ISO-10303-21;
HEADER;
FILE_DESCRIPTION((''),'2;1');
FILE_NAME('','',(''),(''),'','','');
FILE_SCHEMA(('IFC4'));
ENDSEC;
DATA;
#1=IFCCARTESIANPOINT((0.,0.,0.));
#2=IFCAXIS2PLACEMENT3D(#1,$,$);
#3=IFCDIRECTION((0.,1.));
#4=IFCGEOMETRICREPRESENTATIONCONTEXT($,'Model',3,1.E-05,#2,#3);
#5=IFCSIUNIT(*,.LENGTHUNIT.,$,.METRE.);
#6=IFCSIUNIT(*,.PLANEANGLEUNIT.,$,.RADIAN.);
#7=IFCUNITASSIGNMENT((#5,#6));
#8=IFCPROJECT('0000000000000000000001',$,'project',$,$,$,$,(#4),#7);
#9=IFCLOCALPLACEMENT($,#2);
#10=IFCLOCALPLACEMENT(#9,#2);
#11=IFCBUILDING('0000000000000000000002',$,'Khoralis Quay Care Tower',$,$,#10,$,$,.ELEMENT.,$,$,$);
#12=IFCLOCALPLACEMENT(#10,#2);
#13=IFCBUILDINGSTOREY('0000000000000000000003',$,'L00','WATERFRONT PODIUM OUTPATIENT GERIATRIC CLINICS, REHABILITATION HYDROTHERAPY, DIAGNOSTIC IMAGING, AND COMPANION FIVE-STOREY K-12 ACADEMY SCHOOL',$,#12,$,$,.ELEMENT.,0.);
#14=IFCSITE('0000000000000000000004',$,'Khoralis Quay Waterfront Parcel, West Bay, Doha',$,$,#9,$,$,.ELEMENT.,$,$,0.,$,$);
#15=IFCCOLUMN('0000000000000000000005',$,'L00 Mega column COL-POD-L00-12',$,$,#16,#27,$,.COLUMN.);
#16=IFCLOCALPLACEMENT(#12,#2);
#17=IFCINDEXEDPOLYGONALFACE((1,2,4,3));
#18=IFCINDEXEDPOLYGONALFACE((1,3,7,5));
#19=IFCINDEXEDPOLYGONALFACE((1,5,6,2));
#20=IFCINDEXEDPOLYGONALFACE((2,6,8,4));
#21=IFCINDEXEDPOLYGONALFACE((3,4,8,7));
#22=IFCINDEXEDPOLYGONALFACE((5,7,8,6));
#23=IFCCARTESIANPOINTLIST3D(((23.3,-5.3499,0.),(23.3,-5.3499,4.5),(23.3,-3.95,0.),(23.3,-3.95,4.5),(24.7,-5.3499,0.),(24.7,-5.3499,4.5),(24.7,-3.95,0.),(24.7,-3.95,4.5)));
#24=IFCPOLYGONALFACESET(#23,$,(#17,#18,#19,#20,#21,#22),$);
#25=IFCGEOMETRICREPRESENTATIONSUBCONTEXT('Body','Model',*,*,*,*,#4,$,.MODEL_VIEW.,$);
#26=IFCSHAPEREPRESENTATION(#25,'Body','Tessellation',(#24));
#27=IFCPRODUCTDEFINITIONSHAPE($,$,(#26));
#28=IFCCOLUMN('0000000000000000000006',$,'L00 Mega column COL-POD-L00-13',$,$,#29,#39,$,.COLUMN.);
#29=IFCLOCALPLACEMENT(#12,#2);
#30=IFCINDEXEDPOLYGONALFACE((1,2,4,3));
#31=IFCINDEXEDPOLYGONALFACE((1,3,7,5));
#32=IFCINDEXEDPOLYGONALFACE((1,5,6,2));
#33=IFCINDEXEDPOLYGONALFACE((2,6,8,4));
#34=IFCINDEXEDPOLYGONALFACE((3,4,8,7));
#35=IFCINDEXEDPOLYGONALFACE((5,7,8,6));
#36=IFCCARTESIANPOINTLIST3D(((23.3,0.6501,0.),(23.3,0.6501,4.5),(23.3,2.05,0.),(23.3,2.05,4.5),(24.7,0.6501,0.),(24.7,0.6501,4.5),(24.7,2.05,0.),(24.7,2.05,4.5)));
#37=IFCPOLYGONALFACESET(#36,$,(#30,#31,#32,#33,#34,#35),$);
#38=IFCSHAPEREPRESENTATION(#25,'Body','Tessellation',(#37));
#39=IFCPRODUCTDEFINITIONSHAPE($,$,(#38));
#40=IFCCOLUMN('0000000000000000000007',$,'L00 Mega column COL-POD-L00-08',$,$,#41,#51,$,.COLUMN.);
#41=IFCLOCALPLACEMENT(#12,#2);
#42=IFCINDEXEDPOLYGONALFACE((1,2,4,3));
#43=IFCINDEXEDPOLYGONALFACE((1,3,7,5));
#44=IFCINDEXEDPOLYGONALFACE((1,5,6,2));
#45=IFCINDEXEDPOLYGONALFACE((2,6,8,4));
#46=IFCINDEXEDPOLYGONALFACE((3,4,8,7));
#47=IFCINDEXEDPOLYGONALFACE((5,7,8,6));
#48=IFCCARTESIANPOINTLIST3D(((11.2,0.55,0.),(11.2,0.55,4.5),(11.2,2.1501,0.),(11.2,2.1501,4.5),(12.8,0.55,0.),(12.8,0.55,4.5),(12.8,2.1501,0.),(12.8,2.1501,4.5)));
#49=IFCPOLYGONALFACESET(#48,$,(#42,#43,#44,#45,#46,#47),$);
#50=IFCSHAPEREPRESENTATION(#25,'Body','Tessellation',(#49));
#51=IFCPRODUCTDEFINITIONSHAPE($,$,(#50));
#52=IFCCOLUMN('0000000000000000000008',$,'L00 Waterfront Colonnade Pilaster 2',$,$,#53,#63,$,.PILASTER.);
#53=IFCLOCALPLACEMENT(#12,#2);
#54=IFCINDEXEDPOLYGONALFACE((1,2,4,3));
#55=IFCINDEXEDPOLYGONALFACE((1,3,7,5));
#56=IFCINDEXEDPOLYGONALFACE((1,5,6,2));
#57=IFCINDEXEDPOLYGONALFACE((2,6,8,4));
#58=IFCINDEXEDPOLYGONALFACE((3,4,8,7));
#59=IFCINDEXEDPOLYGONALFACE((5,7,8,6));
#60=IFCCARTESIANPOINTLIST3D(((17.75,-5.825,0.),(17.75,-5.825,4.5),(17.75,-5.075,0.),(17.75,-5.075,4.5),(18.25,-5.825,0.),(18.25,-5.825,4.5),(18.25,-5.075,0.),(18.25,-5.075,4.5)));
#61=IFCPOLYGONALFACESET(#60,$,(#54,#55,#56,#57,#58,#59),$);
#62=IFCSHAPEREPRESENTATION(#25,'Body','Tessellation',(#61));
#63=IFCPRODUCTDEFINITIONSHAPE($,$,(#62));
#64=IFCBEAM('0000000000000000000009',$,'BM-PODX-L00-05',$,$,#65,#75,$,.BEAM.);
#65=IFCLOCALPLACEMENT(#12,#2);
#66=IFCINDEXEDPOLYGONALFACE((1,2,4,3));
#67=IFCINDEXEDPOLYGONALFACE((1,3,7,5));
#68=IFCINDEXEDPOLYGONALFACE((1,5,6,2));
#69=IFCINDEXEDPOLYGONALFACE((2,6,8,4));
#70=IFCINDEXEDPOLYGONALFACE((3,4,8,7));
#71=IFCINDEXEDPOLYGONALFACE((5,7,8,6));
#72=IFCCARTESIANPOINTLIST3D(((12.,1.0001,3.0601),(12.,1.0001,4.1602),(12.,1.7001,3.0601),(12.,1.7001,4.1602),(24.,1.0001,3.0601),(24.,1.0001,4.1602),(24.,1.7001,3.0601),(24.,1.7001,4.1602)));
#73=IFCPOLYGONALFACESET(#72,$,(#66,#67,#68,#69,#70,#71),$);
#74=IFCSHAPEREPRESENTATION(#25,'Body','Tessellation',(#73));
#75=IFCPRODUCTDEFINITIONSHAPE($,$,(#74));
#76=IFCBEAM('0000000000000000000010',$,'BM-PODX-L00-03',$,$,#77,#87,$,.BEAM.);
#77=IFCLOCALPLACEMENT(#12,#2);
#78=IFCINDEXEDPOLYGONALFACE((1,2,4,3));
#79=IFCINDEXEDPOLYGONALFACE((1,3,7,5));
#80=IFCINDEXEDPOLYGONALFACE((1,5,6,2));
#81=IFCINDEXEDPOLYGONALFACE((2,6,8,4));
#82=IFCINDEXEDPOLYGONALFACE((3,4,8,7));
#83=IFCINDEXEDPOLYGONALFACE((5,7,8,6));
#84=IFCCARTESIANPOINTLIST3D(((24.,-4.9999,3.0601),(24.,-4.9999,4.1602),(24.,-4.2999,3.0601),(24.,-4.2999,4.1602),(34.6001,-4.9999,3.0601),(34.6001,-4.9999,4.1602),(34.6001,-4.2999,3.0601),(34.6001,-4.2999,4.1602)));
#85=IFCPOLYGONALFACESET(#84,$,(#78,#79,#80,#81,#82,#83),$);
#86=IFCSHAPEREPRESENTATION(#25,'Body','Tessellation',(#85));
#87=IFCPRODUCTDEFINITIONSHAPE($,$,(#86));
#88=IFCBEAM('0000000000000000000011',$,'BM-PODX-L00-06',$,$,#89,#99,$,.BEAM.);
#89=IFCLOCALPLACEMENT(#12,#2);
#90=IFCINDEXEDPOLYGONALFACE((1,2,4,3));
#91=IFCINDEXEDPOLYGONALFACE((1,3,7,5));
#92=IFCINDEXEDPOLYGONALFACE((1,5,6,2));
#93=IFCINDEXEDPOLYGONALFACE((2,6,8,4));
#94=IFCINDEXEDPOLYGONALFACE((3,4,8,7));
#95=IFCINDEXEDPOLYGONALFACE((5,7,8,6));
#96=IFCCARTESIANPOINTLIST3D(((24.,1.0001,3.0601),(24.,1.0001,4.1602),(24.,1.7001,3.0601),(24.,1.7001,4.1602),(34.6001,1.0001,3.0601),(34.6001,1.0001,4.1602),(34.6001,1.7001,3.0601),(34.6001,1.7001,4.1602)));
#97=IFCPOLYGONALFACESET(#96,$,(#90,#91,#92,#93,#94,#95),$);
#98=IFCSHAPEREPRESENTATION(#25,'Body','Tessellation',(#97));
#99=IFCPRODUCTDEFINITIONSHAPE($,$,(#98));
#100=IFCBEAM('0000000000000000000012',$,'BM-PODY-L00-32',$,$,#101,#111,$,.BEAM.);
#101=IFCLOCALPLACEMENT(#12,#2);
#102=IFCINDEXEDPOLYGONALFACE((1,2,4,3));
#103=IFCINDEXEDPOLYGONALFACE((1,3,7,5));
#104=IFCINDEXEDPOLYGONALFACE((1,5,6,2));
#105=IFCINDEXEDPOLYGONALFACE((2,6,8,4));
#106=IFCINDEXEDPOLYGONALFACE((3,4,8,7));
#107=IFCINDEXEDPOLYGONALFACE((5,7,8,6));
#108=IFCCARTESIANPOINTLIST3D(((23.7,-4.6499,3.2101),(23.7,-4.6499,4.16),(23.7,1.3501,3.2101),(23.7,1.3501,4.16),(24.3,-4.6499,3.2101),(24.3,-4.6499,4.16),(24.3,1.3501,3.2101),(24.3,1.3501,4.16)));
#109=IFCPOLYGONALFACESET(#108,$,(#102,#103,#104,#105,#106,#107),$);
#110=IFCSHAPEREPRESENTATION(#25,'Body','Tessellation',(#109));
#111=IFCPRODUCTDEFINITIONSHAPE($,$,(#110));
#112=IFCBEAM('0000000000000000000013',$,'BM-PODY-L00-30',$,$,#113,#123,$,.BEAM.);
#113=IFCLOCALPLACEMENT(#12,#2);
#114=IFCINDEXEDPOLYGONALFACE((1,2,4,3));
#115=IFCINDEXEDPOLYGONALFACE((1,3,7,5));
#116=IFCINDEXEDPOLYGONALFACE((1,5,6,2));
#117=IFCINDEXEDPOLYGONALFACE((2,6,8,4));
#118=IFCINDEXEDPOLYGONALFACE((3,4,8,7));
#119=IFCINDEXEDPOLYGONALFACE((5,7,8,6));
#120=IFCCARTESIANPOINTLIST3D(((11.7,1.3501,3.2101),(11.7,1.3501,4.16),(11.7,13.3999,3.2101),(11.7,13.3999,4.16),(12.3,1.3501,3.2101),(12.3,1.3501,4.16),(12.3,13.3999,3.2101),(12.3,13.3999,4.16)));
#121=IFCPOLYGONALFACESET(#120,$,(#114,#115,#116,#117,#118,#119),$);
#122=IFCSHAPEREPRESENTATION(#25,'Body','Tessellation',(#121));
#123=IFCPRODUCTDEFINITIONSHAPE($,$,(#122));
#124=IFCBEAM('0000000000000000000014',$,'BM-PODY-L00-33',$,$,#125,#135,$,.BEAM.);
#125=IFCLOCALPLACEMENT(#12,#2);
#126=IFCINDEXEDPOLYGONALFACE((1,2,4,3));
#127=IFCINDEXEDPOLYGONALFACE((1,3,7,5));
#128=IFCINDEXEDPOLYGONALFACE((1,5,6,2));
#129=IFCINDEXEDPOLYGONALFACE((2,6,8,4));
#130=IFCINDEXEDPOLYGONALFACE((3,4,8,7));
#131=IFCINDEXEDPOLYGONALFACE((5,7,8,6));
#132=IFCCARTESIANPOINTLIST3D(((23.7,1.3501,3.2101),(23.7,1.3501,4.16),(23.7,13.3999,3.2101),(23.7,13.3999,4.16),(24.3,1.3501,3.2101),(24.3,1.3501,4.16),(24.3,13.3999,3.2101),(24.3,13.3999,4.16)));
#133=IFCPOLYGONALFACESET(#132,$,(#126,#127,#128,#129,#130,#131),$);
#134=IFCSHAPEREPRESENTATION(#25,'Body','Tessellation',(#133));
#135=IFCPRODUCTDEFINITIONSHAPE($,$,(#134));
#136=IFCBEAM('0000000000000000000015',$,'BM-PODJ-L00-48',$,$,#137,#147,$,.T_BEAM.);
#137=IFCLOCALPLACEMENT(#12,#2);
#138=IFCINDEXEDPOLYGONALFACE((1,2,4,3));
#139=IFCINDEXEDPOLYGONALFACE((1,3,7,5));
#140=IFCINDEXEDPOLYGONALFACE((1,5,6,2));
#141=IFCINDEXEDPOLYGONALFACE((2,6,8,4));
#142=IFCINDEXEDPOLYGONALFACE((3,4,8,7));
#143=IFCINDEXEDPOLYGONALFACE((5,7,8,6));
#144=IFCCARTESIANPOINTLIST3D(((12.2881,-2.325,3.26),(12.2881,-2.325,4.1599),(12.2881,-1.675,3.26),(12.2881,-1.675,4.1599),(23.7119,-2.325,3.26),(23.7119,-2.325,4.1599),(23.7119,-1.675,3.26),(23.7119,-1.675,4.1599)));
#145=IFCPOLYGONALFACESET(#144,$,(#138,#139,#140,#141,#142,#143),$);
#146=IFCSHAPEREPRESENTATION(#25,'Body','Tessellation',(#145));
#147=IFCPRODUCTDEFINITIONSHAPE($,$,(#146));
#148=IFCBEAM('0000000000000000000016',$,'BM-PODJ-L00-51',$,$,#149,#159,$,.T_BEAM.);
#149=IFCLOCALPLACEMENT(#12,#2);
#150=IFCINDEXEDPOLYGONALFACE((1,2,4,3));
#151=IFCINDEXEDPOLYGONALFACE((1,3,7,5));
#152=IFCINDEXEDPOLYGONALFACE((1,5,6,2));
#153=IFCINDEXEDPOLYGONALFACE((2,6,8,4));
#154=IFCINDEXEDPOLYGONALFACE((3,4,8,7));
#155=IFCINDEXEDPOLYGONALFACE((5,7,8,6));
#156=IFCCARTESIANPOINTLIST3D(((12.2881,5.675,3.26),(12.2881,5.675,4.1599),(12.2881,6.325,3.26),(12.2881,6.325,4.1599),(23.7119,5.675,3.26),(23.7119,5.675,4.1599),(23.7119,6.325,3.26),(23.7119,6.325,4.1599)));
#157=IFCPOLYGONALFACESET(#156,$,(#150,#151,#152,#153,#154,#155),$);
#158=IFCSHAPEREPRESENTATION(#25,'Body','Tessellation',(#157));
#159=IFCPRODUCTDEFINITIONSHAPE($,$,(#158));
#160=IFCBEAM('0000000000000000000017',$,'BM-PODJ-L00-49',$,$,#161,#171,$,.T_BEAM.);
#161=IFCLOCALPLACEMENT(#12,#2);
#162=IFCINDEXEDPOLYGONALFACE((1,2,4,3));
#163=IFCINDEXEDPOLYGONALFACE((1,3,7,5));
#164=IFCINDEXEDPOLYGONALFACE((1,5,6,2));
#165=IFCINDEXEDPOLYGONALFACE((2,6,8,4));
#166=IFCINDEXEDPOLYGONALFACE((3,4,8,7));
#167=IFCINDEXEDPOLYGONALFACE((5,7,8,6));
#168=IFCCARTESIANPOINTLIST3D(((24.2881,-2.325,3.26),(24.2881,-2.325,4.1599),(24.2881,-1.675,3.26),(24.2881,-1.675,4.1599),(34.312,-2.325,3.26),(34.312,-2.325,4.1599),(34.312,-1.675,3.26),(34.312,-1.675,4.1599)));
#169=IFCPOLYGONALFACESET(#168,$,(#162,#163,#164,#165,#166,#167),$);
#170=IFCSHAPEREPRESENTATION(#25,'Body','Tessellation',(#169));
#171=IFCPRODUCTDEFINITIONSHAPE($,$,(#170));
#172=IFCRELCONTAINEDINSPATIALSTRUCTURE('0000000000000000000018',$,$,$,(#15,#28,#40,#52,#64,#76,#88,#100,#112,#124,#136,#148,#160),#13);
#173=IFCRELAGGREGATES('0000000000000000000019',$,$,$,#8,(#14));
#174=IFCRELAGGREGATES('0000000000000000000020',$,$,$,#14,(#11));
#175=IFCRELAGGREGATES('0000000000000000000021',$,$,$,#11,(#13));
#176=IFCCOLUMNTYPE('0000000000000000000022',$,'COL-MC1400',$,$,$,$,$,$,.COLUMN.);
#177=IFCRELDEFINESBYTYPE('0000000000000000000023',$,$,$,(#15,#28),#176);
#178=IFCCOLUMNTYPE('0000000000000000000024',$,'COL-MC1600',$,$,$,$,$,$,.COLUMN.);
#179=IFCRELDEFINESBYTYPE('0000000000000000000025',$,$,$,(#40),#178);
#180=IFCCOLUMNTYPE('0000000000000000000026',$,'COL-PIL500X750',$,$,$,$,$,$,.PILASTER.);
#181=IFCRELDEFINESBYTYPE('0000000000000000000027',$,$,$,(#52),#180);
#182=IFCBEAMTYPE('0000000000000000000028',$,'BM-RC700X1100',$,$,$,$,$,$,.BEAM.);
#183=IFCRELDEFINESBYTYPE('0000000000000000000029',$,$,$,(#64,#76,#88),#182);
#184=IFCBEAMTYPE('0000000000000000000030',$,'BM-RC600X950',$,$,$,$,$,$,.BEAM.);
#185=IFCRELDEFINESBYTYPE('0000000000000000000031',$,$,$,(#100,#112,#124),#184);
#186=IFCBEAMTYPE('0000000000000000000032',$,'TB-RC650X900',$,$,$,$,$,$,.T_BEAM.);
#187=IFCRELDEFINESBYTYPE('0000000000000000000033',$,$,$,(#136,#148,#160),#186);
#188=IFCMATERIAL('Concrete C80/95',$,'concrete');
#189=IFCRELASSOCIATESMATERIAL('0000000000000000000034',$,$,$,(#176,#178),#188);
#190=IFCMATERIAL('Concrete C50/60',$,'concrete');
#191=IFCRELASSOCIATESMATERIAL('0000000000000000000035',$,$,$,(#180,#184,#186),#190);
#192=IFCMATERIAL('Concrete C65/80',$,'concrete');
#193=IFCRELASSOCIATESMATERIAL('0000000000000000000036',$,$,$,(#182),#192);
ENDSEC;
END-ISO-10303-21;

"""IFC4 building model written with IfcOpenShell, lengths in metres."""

from ifc_helpers import new_model, si_unit, direction, frame, origin, origin_2d, place, context, subcontext, project, spatial, rectangle, extrude, source, transform, mapped, material, material_profile, profile_set, type_object, element, save


model = new_model("IFC4")

# Units and contexts
model_context = context("Model", 3, precision=1e-05, world=origin(), true_north=direction((0.0, 1.0)))
body_context = subcontext(model_context, "Body", "Model", "MODEL_VIEW")
ifc_project = project(units=[si_unit("LENGTHUNIT", "METRE"), si_unit("PLANEANGLEUNIT", "RADIAN")], contexts=[model_context])

# Site, building, storey
site_placement = place(None, origin())
site = spatial("IfcSite", under=ifc_project, at=site_placement, Name="Khoralis Quay Waterfront Parcel, West Bay, Doha", CompositionType="ELEMENT", RefElevation=0.0)
building_placement = place(site_placement, origin())
building = spatial("IfcBuilding", under=site, at=building_placement, Name="Khoralis Quay Care Tower", CompositionType="ELEMENT")
storey_placement = place(building_placement, origin())
storey = spatial("IfcBuildingStorey", under=building, at=storey_placement, Name="L00", Description="WATERFRONT PODIUM OUTPATIENT GERIATRIC CLINICS, REHABILITATION HYDROTHERAPY, DIAGNOSTIC IMAGING, AND COMPANION FIVE-STOREY K-12 ACADEMY SCHOOL", CompositionType="ELEMENT", Elevation=0.0)

# Columns
ifc_material_1 = material(Name="Concrete C80/95", Category="concrete")
ifc_material_profile_1 = material_profile(ifc_material_1, rectangle(XDim=1.3999, YDim=1.3999, at=origin_2d()), Name="Concrete C80/95")
ifc_profile_set_1 = profile_set([ifc_material_profile_1], Name="Concrete C80/95")
column_type_1 = type_object("IfcColumnType", Name="COL-MC1400", PredefinedType="COLUMN", material=ifc_profile_set_1)
shared_shape_1 = source(origin(), body_context, "Body", "SweptSolid", [
    extrude(rectangle(XDim=1.3999, YDim=1.3999, at=origin_2d()), origin(), (0.0, 0.0, 1.0), 4.5),
])
for number, where, z_axis, x_axis, name in (
    (1, (24.0, -4.6499, 0.0), (0.0, 0.0, 1.0), (1.0, 0.0, 0.0), "L00 Mega column COL-POD-L00-12"),
    (2, (24.0, 1.3501, 0.0), (0.0, 0.0, 1.0), (1.0, 0.0, 0.0), "L00 Mega column COL-POD-L00-13"),
):
    element("IfcColumn", number, at=place(storey_placement, frame(where, z_axis=z_axis, x_axis=x_axis)), inside=storey, type_object=column_type_1, Name=name, PredefinedType="COLUMN", context=body_context, shape_type="MappedRepresentation", body=[
        mapped(shared_shape_1, transform((0.0, 0.0, 0.0), scale=1.0)),
    ])
ifc_material_profile_2 = material_profile(ifc_material_1, rectangle(XDim=1.6001, YDim=1.6001, at=origin_2d()), Name="Concrete C80/95")
ifc_profile_set_2 = profile_set([ifc_material_profile_2], Name="Concrete C80/95")
column_type_2 = type_object("IfcColumnType", Name="COL-MC1600", PredefinedType="COLUMN", material=ifc_profile_set_2)
shared_shape_2 = source(origin(), body_context, "Body", "SweptSolid", [
    extrude(rectangle(XDim=1.6001, YDim=1.6001, at=origin_2d()), origin(), (0.0, 0.0, 1.0), 4.5),
])
column_1_placement = place(storey_placement, frame((12.0, 1.3501, 0.0), z_axis=(0.0, 0.0, 1.0), x_axis=(1.0, 0.0, 0.0)))
element("IfcColumn", 3, at=column_1_placement, inside=storey, type_object=column_type_2, Name="L00 Mega column COL-POD-L00-08", PredefinedType="COLUMN", context=body_context, shape_type="MappedRepresentation", body=[
    mapped(shared_shape_2, transform((0.0, 0.0, 0.0), scale=1.0)),
])
ifc_material_2 = material(Name="Concrete C50/60", Category="concrete")
ifc_material_profile_3 = material_profile(ifc_material_2, rectangle(XDim=0.5, YDim=0.75, at=origin_2d()), Name="Concrete C50/60")
ifc_profile_set_3 = profile_set([ifc_material_profile_3], Name="Concrete C50/60")
column_type_3 = type_object("IfcColumnType", Name="COL-PIL500X750", PredefinedType="PILASTER", material=ifc_profile_set_3)
shared_shape_3 = source(origin(), body_context, "Body", "SweptSolid", [
    extrude(rectangle(XDim=0.5, YDim=0.75, at=origin_2d()), origin(), (0.0, 0.0, 1.0), 4.5),
])
column_2_placement = place(storey_placement, frame((18.0, -5.45, 0.0), z_axis=(0.0, 0.0, 1.0), x_axis=(1.0, 0.0, 0.0)))
element("IfcColumn", 4, at=column_2_placement, inside=storey, type_object=column_type_3, Name="L00 Waterfront Colonnade Pilaster 2", PredefinedType="PILASTER", context=body_context, shape_type="MappedRepresentation", body=[
    mapped(shared_shape_3, transform((0.0, 0.0, 0.0), scale=1.0)),
])

# Beams
ifc_material_3 = material(Name="Concrete C65/80", Category="concrete")
ifc_material_profile_4 = material_profile(ifc_material_3, rectangle(XDim=0.7, YDim=1.1001, at=origin_2d()), Name="Concrete C65/80")
ifc_profile_set_4 = profile_set([ifc_material_profile_4], Name="Concrete C65/80")
beam_type_1 = type_object("IfcBeamType", Name="BM-RC700X1100", PredefinedType="BEAM", material=ifc_profile_set_4)
shared_shape_4 = source(origin(), body_context, "Body", "SweptSolid", [
    extrude(rectangle(XDim=0.7, YDim=1.1001, at=origin_2d()), origin(), (0.0, 0.0, 1.0), 12.0),
])
beam_1_placement = place(storey_placement, frame((12.0, 1.3501, 3.6101), z_axis=(1.0, 0.0, 0.0), x_axis=(0.0, 1.0, 0.0)))
element("IfcBeam", 5, at=beam_1_placement, inside=storey, type_object=beam_type_1, Name="BM-PODX-L00-05", PredefinedType="BEAM", context=body_context, shape_type="MappedRepresentation", body=[
    mapped(shared_shape_4, transform((0.0, 0.0, 0.0), scale=1.0)),
])
shared_shape_5 = source(origin(), body_context, "Body", "SweptSolid", [
    extrude(rectangle(XDim=0.7, YDim=1.1001, at=origin_2d()), origin(), (0.0, 0.0, 1.0), 10.6001),
])
for number, where, z_axis, x_axis, name in (
    (6, (24.0, -4.6499, 3.6101), (1.0, 0.0, 0.0), (0.0, 1.0, 0.0), "BM-PODX-L00-03"),
    (7, (24.0, 1.3501, 3.6101), (1.0, 0.0, 0.0), (0.0, 1.0, 0.0), "BM-PODX-L00-06"),
):
    element("IfcBeam", number, at=place(storey_placement, frame(where, z_axis=z_axis, x_axis=x_axis)), inside=storey, type_object=beam_type_1, Name=name, PredefinedType="BEAM", context=body_context, shape_type="MappedRepresentation", body=[
        mapped(shared_shape_5, transform((0.0, 0.0, 0.0), scale=1.0)),
    ])
ifc_material_profile_5 = material_profile(ifc_material_2, rectangle(XDim=0.6001, YDim=0.95, at=origin_2d()), Name="Concrete C50/60")
ifc_profile_set_5 = profile_set([ifc_material_profile_5], Name="Concrete C50/60")
beam_type_2 = type_object("IfcBeamType", Name="BM-RC600X950", PredefinedType="BEAM", material=ifc_profile_set_5)
shared_shape_6 = source(origin(), body_context, "Body", "SweptSolid", [
    extrude(rectangle(XDim=0.6001, YDim=0.95, at=origin_2d()), origin(), (0.0, 0.0, 1.0), 6.0),
])
beam_2_placement = place(storey_placement, frame((24.0, -4.6499, 3.6851), z_axis=(0.0, 1.0, 0.0), x_axis=(-1.0, 0.0, 0.0)))
element("IfcBeam", 8, at=beam_2_placement, inside=storey, type_object=beam_type_2, Name="BM-PODY-L00-32", PredefinedType="BEAM", context=body_context, shape_type="MappedRepresentation", body=[
    mapped(shared_shape_6, transform((0.0, 0.0, 0.0), scale=1.0)),
])
shared_shape_7 = source(origin(), body_context, "Body", "SweptSolid", [
    extrude(rectangle(XDim=0.6001, YDim=0.95, at=origin_2d()), origin(), (0.0, 0.0, 1.0), 12.0498),
])
for number, where, z_axis, x_axis, name in (
    (9, (12.0, 1.3501, 3.6851), (0.0, 1.0, 0.0), (-1.0, 0.0, 0.0), "BM-PODY-L00-30"),
    (10, (24.0, 1.3501, 3.6851), (0.0, 1.0, 0.0), (-1.0, 0.0, 0.0), "BM-PODY-L00-33"),
):
    element("IfcBeam", number, at=place(storey_placement, frame(where, z_axis=z_axis, x_axis=x_axis)), inside=storey, type_object=beam_type_2, Name=name, PredefinedType="BEAM", context=body_context, shape_type="MappedRepresentation", body=[
        mapped(shared_shape_7, transform((0.0, 0.0, 0.0), scale=1.0)),
    ])
ifc_material_profile_6 = material_profile(ifc_material_2, rectangle(XDim=0.6499, YDim=0.8999, at=origin_2d()), Name="Concrete C50/60")
ifc_profile_set_6 = profile_set([ifc_material_profile_6], Name="Concrete C50/60")
beam_type_3 = type_object("IfcBeamType", Name="TB-RC650X900", PredefinedType="T_BEAM", material=ifc_profile_set_6)
shared_shape_8 = source(origin(), body_context, "Body", "SweptSolid", [
    extrude(rectangle(XDim=0.6499, YDim=0.8999, at=origin_2d()), origin(), (0.0, 0.0, 1.0), 11.4238),
])
for number, where, z_axis, x_axis, name in (
    (11, (12.2881, -2.0, 3.71), (1.0, 0.0, 0.0), (0.0, 1.0, 0.0), "BM-PODJ-L00-48"),
    (12, (12.2881, 6.0, 3.71), (1.0, 0.0, 0.0), (0.0, 1.0, 0.0), "BM-PODJ-L00-51"),
):
    element("IfcBeam", number, at=place(storey_placement, frame(where, z_axis=z_axis, x_axis=x_axis)), inside=storey, type_object=beam_type_3, Name=name, PredefinedType="T_BEAM", context=body_context, shape_type="MappedRepresentation", body=[
        mapped(shared_shape_8, transform((0.0, 0.0, 0.0), scale=1.0)),
    ])
shared_shape_9 = source(origin(), body_context, "Body", "SweptSolid", [
    extrude(rectangle(XDim=0.6499, YDim=0.8999, at=origin_2d()), origin(), (0.0, 0.0, 1.0), 10.0239),
])
beam_3_placement = place(storey_placement, frame((24.2881, -2.0, 3.71), z_axis=(1.0, 0.0, 0.0), x_axis=(0.0, 1.0, 0.0)))
element("IfcBeam", 13, at=beam_3_placement, inside=storey, type_object=beam_type_3, Name="BM-PODJ-L00-49", PredefinedType="T_BEAM", context=body_context, shape_type="MappedRepresentation", body=[
    mapped(shared_shape_9, transform((0.0, 0.0, 0.0), scale=1.0)),
])

save(model, "model.ifc")
